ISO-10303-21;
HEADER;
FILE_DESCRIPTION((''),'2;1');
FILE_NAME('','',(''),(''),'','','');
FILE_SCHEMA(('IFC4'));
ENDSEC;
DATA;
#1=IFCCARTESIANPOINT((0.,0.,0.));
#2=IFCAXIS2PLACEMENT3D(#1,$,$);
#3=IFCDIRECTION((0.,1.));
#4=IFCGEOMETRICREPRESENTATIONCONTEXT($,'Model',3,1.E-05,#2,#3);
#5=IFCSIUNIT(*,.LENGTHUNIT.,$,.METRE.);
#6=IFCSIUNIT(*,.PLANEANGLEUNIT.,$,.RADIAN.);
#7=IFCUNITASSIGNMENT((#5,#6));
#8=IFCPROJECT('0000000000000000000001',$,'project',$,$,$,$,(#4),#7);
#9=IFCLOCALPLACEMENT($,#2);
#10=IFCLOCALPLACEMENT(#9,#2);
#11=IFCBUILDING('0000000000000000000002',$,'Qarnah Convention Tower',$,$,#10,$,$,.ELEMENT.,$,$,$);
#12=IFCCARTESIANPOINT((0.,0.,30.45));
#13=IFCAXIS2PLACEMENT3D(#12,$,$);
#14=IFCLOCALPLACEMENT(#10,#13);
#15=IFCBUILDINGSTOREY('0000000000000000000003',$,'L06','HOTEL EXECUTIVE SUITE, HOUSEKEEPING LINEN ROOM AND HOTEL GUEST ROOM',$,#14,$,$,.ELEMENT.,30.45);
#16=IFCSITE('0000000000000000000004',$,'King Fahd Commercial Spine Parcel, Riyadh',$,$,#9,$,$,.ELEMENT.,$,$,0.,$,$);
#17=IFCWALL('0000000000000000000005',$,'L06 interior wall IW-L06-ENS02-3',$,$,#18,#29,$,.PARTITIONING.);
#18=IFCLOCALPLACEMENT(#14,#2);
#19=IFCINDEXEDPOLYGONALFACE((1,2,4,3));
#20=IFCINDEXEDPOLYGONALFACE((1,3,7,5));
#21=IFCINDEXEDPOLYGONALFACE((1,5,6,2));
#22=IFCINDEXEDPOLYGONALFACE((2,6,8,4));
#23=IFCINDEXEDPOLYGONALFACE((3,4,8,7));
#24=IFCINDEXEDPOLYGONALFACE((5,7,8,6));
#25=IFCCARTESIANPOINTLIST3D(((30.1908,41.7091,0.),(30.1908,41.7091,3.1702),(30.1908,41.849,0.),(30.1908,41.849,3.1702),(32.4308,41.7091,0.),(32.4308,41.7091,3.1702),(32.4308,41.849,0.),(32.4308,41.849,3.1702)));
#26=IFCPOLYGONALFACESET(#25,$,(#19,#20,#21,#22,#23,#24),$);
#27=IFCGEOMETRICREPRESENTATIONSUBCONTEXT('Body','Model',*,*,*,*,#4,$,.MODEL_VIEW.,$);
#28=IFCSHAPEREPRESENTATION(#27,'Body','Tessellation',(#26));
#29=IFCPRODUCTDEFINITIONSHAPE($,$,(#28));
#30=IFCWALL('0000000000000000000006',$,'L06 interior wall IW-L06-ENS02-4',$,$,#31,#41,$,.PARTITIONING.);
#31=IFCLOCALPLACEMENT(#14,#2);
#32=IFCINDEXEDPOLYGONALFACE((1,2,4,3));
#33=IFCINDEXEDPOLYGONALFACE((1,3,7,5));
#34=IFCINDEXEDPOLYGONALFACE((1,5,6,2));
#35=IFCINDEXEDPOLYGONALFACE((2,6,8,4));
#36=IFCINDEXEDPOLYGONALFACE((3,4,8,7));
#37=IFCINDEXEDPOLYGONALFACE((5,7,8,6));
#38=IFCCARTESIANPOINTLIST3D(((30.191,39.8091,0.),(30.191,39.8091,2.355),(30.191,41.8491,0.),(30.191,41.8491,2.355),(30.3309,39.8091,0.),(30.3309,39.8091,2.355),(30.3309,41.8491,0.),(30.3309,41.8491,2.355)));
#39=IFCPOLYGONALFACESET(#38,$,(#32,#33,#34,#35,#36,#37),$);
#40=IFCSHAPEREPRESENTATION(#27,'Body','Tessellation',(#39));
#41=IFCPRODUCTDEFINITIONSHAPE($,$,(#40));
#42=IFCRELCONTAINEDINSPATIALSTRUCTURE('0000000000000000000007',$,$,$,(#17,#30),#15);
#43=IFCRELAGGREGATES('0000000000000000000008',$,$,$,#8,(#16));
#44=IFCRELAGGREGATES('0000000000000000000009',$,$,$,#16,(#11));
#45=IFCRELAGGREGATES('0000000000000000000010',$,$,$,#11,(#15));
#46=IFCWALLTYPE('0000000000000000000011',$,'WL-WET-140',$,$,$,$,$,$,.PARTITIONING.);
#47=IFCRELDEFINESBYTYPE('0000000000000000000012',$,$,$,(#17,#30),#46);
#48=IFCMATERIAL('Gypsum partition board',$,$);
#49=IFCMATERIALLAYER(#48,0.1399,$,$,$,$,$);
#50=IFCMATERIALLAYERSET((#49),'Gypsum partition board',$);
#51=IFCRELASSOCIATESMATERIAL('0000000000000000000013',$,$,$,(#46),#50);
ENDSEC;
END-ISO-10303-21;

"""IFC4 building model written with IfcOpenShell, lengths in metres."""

from ifc_helpers import new_model, si_unit, direction, frame, frame_2d, origin, place, context, subcontext, project, spatial, rectangle, extrude, material, layer, layer_set, type_object, element, save


model = new_model("IFC4")

# Units and contexts
model_context = context("Model", 3, precision=1e-05, world=origin(), true_north=direction((0.0, 1.0)))
body_context = subcontext(model_context, "Body", "Model", "MODEL_VIEW")
ifc_project = project(units=[si_unit("LENGTHUNIT", "METRE"), si_unit("PLANEANGLEUNIT", "RADIAN")], contexts=[model_context])

# Site, building, storey
site_placement = place(None, origin())
site = spatial("IfcSite", under=ifc_project, at=site_placement, Name="King Fahd Commercial Spine Parcel, Riyadh", CompositionType="ELEMENT", RefElevation=0.0)
building_placement = place(site_placement, origin())
building = spatial("IfcBuilding", under=site, at=building_placement, Name="Qarnah Convention Tower", CompositionType="ELEMENT")
storey_placement = place(building_placement, frame((0.0, 0.0, 30.45)))
storey = spatial("IfcBuildingStorey", under=building, at=storey_placement, Name="L06", Description="HOTEL EXECUTIVE SUITE, HOUSEKEEPING LINEN ROOM AND HOTEL GUEST ROOM", CompositionType="ELEMENT", Elevation=30.45)

# Shared definitions
ifc_material_1 = material(Name="Gypsum partition board")

# Shared definitions
ifc_layer_1 = layer(ifc_material_1, 0.1399)
ifc_layer_set_1 = layer_set([ifc_layer_1], Name="Gypsum partition board")
wall_type_1 = type_object("IfcWallType", Name="WL-WET-140", PredefinedType="PARTITIONING", material=ifc_layer_set_1)

# Walls
wall_1_placement = place(storey_placement, frame((32.4309, 41.7791, 0.0), z_axis=(0.0, 0.0, 1.0), x_axis=(-1.0, 0.0, 0.0)))
element("IfcWall", 1, at=wall_1_placement, inside=storey, type_object=wall_type_1, Name="L06 interior wall IW-L06-ENS02-3", PredefinedType="PARTITIONING", context=body_context, shape_type="SweptSolid", body=[
    extrude(rectangle(XDim=2.24, YDim=0.1399, at=frame_2d((1.1201, 0.0))), origin(), (0.0, 0.0, 1.0), 3.1702),
])
wall_2_placement = place(storey_placement, frame((30.261, 41.8491, 0.0), z_axis=(0.0, 0.0, 1.0), x_axis=(0.0, -1.0, 0.0)))
element("IfcWall", 2, at=wall_2_placement, inside=storey, type_object=wall_type_1, Name="L06 interior wall IW-L06-ENS02-4", PredefinedType="PARTITIONING", context=body_context, shape_type="SweptSolid", body=[
    extrude(rectangle(XDim=2.04, YDim=0.1399, at=frame_2d((1.02, 0.0))), origin(), (0.0, 0.0, 1.0), 2.355),
])

save(model, "model.ifc")
